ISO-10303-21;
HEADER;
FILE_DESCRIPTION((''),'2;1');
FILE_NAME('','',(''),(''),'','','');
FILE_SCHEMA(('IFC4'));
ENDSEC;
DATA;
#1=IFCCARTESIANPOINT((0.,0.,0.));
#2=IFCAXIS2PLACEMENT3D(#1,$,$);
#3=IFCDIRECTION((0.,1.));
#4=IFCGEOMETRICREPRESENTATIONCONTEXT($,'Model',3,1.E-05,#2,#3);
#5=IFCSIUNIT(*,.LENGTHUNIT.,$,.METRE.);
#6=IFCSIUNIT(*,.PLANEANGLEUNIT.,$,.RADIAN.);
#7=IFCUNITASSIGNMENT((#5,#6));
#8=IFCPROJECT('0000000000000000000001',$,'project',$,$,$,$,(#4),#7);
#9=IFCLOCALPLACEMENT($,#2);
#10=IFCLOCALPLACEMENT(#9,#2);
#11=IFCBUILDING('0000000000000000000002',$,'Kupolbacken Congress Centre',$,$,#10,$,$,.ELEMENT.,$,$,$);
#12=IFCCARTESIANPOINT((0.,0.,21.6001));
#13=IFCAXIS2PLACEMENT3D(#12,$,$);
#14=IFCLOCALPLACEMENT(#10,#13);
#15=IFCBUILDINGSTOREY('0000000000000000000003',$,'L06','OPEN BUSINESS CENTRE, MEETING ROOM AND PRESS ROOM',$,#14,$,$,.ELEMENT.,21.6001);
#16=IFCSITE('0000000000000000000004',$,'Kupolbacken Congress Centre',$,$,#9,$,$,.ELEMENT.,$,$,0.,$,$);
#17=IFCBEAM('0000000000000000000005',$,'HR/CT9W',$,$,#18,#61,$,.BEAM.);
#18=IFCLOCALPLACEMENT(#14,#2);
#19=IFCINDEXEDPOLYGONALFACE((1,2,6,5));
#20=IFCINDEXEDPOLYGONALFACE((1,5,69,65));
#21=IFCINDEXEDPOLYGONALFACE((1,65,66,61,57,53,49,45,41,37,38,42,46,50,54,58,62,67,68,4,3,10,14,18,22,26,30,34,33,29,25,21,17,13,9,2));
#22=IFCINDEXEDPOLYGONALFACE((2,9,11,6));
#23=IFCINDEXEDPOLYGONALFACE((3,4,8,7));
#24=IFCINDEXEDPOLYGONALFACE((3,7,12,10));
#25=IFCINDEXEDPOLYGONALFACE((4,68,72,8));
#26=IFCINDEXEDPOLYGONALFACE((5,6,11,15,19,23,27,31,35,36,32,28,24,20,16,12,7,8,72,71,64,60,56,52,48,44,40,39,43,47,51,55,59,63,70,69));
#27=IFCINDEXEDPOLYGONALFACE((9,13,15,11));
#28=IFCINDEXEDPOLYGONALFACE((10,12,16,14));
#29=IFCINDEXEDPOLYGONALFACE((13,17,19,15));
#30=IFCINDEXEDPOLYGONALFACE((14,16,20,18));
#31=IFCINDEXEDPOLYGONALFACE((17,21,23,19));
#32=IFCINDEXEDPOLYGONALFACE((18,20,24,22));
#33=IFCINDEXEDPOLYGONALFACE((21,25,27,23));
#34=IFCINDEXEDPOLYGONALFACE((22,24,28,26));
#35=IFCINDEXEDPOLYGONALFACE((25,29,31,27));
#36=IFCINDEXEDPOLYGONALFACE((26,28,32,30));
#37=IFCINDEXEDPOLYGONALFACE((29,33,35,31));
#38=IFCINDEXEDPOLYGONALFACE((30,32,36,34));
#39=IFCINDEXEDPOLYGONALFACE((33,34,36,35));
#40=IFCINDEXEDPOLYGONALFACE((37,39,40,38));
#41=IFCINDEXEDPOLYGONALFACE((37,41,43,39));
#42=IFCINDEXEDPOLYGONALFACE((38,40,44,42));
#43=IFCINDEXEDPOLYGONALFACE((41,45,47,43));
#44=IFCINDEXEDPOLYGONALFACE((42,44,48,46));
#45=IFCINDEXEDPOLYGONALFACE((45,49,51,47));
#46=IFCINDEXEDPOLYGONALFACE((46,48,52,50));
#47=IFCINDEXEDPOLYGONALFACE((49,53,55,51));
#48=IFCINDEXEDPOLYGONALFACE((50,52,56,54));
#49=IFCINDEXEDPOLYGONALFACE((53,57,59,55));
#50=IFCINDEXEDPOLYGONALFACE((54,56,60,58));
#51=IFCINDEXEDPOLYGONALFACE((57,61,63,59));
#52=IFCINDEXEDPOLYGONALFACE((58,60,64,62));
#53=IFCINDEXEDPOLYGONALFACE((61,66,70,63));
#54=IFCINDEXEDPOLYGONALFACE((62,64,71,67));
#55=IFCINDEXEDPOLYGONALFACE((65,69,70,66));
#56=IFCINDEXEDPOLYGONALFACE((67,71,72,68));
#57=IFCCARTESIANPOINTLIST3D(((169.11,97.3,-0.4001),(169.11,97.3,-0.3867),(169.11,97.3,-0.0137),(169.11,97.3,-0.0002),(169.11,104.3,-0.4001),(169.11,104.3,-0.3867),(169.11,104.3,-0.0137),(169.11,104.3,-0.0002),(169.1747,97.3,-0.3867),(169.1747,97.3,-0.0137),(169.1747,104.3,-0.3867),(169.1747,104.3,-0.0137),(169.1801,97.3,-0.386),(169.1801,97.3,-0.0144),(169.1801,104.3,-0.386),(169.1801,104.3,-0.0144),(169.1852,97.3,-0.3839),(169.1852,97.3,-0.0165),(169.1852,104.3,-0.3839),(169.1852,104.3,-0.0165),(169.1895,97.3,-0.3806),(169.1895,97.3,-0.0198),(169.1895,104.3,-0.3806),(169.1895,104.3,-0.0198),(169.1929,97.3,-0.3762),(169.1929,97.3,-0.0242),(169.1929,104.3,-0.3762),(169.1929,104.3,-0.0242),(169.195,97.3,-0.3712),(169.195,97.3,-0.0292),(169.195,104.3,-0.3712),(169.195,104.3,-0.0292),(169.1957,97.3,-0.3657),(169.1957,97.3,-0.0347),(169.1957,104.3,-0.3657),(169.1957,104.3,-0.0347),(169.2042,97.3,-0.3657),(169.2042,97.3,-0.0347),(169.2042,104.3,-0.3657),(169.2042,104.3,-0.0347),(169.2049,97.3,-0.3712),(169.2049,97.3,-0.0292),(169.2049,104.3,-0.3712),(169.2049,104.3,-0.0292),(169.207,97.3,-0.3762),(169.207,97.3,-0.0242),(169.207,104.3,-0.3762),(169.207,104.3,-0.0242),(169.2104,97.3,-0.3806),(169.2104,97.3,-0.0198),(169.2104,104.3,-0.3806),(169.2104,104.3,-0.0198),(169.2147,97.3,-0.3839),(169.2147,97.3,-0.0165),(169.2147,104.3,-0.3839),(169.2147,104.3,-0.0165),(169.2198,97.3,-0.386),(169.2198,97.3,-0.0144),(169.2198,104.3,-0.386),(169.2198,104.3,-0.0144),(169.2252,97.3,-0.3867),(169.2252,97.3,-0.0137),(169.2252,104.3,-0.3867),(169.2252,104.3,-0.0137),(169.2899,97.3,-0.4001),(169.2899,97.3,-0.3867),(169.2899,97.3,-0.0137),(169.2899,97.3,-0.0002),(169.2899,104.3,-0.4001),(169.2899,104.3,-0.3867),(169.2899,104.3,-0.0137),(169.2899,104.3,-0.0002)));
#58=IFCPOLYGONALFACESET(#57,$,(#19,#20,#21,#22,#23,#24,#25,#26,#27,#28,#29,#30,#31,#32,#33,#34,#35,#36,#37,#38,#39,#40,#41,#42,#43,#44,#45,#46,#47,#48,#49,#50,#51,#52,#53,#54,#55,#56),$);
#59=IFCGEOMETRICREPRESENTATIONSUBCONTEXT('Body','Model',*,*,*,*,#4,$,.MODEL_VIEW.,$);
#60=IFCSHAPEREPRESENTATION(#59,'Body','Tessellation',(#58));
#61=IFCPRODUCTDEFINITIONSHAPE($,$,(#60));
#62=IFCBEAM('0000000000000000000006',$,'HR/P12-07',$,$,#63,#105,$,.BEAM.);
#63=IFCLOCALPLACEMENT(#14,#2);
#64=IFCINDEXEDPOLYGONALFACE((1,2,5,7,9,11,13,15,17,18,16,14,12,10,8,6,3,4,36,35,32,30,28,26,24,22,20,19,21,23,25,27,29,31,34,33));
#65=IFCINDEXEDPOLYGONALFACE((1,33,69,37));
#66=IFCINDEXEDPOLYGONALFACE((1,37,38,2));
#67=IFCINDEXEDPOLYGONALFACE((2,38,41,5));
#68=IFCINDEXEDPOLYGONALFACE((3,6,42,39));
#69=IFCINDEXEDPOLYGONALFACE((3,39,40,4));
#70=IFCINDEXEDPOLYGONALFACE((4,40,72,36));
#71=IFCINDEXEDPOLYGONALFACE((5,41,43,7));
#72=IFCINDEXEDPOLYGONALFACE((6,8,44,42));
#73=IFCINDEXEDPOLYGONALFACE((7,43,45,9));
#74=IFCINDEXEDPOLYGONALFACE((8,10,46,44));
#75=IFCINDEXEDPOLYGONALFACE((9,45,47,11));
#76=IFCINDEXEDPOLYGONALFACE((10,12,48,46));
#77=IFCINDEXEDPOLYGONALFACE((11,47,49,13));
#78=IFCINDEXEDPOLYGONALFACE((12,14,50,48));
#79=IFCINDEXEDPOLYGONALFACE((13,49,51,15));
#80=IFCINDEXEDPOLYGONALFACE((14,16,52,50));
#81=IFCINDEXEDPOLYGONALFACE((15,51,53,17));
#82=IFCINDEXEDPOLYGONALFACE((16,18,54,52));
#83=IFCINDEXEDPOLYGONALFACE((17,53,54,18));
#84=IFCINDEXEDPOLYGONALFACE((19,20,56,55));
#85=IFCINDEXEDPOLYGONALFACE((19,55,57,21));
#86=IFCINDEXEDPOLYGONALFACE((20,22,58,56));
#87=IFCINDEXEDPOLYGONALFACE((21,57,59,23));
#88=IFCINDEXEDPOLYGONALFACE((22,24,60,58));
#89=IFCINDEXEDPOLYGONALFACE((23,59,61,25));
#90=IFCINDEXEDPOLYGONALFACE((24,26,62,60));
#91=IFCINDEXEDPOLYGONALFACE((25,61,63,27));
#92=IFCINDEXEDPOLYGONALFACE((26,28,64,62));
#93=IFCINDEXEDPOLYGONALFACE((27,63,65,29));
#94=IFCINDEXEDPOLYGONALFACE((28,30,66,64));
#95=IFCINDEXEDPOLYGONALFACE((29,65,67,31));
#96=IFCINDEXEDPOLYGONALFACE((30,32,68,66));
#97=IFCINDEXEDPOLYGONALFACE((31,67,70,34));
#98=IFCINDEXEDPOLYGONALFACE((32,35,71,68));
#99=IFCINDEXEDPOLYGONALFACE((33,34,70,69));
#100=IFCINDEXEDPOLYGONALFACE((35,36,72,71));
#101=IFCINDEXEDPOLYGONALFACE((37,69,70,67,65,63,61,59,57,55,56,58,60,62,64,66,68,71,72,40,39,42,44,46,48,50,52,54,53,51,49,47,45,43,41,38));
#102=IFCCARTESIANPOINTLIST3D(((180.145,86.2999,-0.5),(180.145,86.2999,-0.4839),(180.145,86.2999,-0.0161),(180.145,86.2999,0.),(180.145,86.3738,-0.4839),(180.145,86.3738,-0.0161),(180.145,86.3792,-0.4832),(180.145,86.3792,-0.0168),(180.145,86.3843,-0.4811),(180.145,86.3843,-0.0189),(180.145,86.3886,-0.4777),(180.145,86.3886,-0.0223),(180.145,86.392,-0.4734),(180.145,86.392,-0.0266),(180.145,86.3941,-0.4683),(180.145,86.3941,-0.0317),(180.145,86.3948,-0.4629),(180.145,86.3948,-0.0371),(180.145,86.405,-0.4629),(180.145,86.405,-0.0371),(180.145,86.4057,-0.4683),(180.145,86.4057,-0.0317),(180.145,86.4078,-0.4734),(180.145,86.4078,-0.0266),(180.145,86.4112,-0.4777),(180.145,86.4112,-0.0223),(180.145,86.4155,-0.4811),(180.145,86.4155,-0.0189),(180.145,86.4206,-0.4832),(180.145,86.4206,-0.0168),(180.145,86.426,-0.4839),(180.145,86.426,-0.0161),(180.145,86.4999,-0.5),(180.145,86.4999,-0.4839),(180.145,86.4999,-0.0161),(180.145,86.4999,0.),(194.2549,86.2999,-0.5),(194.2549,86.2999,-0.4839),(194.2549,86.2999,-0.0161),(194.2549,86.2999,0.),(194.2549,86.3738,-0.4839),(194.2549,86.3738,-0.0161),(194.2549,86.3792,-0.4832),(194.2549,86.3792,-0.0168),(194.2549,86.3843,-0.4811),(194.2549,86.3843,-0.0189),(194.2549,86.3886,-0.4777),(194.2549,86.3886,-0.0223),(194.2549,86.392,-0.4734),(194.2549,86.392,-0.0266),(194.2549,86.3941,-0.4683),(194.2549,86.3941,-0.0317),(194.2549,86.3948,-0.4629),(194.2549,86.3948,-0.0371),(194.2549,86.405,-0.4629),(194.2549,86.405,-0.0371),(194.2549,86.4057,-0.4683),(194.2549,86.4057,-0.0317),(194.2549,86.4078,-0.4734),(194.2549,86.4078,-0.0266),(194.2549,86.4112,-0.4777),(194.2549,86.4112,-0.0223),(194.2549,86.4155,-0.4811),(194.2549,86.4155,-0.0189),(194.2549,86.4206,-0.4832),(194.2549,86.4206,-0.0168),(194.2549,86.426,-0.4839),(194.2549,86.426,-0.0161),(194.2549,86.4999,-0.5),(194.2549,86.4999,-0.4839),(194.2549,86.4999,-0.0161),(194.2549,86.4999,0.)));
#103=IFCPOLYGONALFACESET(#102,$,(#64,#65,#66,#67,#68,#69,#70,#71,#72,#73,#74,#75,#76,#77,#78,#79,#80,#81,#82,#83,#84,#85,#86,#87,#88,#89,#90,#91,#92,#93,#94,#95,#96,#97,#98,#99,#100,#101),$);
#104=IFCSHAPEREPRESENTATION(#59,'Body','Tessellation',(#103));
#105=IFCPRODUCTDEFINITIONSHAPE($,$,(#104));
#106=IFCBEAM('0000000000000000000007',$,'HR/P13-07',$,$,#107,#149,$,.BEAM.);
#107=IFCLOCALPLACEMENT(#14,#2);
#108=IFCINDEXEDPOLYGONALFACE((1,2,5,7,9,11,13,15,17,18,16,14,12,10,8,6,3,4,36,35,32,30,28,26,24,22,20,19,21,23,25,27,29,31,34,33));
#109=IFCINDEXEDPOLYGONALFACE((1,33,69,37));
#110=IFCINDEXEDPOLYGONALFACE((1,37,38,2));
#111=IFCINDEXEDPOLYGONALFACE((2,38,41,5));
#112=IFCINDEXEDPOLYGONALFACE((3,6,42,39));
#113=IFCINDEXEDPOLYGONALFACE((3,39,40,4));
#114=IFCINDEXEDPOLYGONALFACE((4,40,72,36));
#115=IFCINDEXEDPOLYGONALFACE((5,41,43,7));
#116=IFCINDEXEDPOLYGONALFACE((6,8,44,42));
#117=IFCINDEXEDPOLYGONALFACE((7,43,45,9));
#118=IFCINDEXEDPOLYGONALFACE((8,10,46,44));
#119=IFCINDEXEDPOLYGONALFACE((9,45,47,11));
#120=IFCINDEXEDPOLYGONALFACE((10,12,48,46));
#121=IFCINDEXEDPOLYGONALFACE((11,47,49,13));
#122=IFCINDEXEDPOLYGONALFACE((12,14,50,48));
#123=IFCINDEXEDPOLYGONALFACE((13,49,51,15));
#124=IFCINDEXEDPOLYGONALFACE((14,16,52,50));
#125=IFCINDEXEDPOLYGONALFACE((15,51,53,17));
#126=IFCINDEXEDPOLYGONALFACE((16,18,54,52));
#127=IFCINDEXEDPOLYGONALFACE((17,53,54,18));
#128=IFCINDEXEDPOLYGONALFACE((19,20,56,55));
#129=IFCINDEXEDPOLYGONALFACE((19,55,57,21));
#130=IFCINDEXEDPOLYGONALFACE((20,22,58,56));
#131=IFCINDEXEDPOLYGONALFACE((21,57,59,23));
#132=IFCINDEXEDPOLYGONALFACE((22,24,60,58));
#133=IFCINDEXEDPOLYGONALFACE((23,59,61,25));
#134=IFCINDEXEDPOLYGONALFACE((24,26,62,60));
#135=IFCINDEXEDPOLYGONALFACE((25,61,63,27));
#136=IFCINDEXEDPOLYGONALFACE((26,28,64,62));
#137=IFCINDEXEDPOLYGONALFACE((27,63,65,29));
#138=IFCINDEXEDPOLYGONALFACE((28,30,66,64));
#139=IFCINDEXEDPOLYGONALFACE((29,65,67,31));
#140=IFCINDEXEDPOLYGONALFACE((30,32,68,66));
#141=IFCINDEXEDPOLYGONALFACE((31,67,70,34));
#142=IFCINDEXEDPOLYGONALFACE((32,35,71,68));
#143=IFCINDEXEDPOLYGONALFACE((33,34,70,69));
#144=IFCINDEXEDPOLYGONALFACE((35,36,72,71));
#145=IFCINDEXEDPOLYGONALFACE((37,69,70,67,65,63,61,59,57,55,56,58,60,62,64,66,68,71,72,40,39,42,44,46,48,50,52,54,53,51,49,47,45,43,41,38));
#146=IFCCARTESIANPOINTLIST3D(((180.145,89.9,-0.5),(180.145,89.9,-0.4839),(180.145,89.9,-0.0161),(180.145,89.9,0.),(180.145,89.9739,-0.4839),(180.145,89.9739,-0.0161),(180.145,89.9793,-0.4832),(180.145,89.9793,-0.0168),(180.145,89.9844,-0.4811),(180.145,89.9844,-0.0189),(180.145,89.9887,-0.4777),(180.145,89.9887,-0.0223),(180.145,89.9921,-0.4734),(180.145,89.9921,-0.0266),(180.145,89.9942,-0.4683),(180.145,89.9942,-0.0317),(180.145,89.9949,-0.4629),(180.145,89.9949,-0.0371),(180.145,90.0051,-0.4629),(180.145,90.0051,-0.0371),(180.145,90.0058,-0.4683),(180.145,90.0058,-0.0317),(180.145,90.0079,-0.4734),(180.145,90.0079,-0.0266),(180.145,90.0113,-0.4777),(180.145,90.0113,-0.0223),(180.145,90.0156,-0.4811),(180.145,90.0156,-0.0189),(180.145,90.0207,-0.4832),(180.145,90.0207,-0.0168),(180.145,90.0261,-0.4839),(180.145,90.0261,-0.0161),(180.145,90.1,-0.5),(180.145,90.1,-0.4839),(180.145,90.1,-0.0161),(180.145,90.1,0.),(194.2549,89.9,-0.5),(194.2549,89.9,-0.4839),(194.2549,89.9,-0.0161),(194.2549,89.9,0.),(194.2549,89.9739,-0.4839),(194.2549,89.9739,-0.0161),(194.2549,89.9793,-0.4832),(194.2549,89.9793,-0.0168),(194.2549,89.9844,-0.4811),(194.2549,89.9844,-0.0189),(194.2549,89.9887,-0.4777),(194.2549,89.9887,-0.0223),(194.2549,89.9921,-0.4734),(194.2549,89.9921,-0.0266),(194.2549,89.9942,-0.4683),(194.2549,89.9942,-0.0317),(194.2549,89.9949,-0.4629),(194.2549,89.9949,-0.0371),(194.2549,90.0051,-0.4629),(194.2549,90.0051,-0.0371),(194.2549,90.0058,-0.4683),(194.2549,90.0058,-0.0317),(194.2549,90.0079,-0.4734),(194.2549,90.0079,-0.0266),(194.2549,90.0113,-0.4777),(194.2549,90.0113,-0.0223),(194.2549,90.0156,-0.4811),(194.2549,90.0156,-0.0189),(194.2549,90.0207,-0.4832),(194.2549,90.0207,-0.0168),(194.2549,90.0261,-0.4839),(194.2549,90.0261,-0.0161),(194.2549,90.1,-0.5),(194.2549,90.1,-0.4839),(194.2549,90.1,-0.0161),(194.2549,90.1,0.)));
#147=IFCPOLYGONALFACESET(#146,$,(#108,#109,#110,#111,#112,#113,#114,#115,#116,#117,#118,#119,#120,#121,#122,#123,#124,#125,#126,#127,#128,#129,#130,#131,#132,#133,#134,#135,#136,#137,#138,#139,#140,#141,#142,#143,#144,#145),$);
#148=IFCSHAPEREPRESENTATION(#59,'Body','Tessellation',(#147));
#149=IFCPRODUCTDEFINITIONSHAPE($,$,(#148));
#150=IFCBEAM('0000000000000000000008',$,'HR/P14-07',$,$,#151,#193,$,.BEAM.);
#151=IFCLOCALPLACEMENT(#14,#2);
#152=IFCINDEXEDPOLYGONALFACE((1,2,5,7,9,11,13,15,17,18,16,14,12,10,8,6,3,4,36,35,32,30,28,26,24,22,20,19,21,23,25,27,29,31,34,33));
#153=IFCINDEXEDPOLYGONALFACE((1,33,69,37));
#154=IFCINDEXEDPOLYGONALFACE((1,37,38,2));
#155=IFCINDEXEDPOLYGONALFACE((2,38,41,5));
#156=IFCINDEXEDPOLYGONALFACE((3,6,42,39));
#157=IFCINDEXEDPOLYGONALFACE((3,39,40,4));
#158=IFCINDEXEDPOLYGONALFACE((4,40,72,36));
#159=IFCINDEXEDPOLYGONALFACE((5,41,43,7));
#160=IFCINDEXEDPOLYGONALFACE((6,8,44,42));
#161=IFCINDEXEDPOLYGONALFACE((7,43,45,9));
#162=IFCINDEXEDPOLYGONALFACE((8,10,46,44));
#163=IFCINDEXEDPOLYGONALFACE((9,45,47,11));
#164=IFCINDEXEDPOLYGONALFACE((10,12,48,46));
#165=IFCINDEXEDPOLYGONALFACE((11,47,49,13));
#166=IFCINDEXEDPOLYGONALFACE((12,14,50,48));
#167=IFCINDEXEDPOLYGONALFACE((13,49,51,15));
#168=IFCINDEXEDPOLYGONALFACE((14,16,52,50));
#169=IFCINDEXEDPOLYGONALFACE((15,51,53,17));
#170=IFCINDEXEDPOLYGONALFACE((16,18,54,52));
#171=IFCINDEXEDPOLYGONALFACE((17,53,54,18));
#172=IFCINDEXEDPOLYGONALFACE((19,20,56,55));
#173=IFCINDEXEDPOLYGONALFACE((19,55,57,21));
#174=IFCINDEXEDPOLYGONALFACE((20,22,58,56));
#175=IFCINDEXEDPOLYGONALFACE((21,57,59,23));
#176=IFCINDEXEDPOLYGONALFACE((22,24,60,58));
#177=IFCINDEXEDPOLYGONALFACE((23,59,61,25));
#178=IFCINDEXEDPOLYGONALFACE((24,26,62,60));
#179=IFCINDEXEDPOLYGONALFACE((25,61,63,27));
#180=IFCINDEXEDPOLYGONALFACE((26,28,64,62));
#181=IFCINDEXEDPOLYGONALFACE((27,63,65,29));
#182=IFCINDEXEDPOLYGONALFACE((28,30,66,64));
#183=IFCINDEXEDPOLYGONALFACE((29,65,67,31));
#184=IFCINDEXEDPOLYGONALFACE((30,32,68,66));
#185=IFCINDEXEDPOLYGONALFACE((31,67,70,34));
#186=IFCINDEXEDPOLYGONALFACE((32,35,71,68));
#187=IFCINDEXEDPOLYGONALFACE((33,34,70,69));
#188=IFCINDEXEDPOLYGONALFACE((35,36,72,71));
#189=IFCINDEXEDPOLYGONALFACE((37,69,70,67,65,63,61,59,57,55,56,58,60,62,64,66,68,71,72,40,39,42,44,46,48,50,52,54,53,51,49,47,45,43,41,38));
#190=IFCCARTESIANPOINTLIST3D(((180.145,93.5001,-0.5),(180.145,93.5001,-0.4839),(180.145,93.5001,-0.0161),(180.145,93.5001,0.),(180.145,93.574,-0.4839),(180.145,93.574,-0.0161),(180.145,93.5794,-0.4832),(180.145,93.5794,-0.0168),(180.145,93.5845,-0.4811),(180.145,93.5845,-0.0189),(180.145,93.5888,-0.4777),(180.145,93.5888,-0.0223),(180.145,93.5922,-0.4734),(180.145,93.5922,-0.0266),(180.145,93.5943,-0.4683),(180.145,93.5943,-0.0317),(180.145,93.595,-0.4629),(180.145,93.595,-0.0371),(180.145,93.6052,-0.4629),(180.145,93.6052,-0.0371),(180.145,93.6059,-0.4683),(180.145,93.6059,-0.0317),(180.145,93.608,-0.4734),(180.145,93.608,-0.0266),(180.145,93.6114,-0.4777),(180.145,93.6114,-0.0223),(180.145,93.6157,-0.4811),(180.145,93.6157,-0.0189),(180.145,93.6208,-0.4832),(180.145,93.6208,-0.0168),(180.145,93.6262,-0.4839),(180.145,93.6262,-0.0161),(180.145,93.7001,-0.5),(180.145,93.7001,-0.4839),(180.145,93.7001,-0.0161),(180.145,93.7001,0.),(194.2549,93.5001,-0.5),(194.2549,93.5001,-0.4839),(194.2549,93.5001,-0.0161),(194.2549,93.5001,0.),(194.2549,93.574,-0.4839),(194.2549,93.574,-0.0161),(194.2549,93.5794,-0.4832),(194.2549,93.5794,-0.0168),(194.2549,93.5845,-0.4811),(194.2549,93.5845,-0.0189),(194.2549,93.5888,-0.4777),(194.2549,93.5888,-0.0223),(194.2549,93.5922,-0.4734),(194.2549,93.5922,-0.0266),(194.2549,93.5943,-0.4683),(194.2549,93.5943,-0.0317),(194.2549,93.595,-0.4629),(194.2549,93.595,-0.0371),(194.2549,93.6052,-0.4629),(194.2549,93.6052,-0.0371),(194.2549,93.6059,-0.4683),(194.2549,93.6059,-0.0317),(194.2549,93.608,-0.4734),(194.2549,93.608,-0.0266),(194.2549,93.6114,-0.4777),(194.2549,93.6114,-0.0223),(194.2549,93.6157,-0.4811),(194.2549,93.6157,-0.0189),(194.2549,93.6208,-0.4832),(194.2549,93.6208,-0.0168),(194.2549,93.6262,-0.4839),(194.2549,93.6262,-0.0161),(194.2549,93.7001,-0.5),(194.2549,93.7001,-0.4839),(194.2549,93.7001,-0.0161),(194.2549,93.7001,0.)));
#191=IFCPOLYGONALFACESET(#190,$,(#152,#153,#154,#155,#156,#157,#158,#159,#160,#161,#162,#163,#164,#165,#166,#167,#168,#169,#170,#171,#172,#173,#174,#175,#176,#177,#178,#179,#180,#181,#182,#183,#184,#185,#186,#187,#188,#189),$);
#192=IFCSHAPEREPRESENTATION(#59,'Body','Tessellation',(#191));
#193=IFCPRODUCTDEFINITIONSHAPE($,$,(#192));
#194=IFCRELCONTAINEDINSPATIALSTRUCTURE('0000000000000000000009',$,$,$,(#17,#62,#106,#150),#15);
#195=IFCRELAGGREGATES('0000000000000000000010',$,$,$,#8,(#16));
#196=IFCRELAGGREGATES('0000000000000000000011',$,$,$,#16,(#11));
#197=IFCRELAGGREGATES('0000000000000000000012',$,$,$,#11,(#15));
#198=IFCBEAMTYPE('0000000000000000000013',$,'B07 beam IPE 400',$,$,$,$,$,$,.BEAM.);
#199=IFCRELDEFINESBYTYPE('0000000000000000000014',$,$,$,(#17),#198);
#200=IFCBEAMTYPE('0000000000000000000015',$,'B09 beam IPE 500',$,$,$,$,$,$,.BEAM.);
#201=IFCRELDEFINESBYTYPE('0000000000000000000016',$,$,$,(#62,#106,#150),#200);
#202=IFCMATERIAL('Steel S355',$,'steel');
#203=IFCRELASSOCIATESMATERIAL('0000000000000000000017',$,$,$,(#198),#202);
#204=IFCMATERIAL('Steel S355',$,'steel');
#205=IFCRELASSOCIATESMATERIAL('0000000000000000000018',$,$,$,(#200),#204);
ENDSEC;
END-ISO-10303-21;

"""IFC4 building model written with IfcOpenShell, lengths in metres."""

from ifc_helpers import new_model, si_unit, direction, frame, origin, origin_2d, place, context, subcontext, project, spatial, i_section, extrude, material, material_profile, profile_set, type_object, element, save


model = new_model("IFC4")

# Units and contexts
model_context = context("Model", 3, precision=1e-05, world=origin(), true_north=direction((0.0, 1.0)))
body_context = subcontext(model_context, "Body", "Model", "MODEL_VIEW")
ifc_project = project(units=[si_unit("LENGTHUNIT", "METRE"), si_unit("PLANEANGLEUNIT", "RADIAN")], contexts=[model_context])

# Site, building, storey
site_placement = place(None, origin())
site = spatial("IfcSite", under=ifc_project, at=site_placement, Name="Kupolbacken Congress Centre", CompositionType="ELEMENT", RefElevation=0.0)
building_placement = place(site_placement, origin())
building = spatial("IfcBuilding", under=site, at=building_placement, Name="Kupolbacken Congress Centre", CompositionType="ELEMENT")
storey_placement = place(building_placement, frame((0.0, 0.0, 21.6001)))
storey = spatial("IfcBuildingStorey", under=building, at=storey_placement, Name="L06", Description="OPEN BUSINESS CENTRE, MEETING ROOM AND PRESS ROOM", CompositionType="ELEMENT", Elevation=21.6001)

# Beams
ifc_material_1 = material(Name="Steel S355", Category="steel")
ifc_material_profile_1 = material_profile(ifc_material_1, i_section(OverallWidth=0.1799, OverallDepth=0.3999, WebThickness=0.0085, FlangeThickness=0.0134, FilletRadius=0.021, at=origin_2d()), Name="IPE 400")
ifc_profile_set_1 = profile_set([ifc_material_profile_1], Name="Steel S355")
beam_type_1 = type_object("IfcBeamType", Name="B07 beam IPE 400", PredefinedType="BEAM", material=ifc_profile_set_1)
beam_1_placement = place(storey_placement, frame((169.2, 97.3, -0.2002), z_axis=(0.0, 1.0, 0.0), x_axis=(-1.0, 0.0, 0.0)))
element("IfcBeam", 1, at=beam_1_placement, inside=storey, type_object=beam_type_1, Name="HR/CT9W", PredefinedType="BEAM", context=body_context, shape_type="SweptSolid", body=[
    extrude(i_section(OverallWidth=0.1799, OverallDepth=0.3999, WebThickness=0.0085, FlangeThickness=0.0134, FilletRadius=0.021, at=origin_2d()), origin(), (0.0, 0.0, 1.0), 7.0),
])
ifc_material_2 = material(Name="Steel S355", Category="steel")
ifc_material_profile_2 = material_profile(ifc_material_2, i_section(OverallWidth=0.2, OverallDepth=0.5, WebThickness=0.0103, FlangeThickness=0.0161, FilletRadius=0.021, at=origin_2d()), Name="IPE 500")
ifc_profile_set_2 = profile_set([ifc_material_profile_2], Name="Steel S355")
beam_type_2 = type_object("IfcBeamType", Name="B09 beam IPE 500", PredefinedType="BEAM", material=ifc_profile_set_2)
for number, where, z_axis, x_axis, name in (
    (2, (180.145, 86.3999, -0.25), (1.0, 0.0, 0.0), (0.0, 1.0, 0.0), "HR/P12-07"),
    (3, (180.145, 90.0, -0.25), (1.0, 0.0, 0.0), (0.0, 1.0, 0.0), "HR/P13-07"),
    (4, (180.145, 93.6001, -0.25), (1.0, 0.0, 0.0), (0.0, 1.0, 0.0), "HR/P14-07"),
):
    element("IfcBeam", number, at=place(storey_placement, frame(where, z_axis=z_axis, x_axis=x_axis)), inside=storey, type_object=beam_type_2, Name=name, PredefinedType="BEAM", context=body_context, shape_type="SweptSolid", body=[
        extrude(i_section(OverallWidth=0.2, OverallDepth=0.5, WebThickness=0.0103, FlangeThickness=0.0161, FilletRadius=0.021, at=origin_2d()), origin(), (0.0, 0.0, 1.0), 14.1099),
    ])

save(model, "model.ifc")
